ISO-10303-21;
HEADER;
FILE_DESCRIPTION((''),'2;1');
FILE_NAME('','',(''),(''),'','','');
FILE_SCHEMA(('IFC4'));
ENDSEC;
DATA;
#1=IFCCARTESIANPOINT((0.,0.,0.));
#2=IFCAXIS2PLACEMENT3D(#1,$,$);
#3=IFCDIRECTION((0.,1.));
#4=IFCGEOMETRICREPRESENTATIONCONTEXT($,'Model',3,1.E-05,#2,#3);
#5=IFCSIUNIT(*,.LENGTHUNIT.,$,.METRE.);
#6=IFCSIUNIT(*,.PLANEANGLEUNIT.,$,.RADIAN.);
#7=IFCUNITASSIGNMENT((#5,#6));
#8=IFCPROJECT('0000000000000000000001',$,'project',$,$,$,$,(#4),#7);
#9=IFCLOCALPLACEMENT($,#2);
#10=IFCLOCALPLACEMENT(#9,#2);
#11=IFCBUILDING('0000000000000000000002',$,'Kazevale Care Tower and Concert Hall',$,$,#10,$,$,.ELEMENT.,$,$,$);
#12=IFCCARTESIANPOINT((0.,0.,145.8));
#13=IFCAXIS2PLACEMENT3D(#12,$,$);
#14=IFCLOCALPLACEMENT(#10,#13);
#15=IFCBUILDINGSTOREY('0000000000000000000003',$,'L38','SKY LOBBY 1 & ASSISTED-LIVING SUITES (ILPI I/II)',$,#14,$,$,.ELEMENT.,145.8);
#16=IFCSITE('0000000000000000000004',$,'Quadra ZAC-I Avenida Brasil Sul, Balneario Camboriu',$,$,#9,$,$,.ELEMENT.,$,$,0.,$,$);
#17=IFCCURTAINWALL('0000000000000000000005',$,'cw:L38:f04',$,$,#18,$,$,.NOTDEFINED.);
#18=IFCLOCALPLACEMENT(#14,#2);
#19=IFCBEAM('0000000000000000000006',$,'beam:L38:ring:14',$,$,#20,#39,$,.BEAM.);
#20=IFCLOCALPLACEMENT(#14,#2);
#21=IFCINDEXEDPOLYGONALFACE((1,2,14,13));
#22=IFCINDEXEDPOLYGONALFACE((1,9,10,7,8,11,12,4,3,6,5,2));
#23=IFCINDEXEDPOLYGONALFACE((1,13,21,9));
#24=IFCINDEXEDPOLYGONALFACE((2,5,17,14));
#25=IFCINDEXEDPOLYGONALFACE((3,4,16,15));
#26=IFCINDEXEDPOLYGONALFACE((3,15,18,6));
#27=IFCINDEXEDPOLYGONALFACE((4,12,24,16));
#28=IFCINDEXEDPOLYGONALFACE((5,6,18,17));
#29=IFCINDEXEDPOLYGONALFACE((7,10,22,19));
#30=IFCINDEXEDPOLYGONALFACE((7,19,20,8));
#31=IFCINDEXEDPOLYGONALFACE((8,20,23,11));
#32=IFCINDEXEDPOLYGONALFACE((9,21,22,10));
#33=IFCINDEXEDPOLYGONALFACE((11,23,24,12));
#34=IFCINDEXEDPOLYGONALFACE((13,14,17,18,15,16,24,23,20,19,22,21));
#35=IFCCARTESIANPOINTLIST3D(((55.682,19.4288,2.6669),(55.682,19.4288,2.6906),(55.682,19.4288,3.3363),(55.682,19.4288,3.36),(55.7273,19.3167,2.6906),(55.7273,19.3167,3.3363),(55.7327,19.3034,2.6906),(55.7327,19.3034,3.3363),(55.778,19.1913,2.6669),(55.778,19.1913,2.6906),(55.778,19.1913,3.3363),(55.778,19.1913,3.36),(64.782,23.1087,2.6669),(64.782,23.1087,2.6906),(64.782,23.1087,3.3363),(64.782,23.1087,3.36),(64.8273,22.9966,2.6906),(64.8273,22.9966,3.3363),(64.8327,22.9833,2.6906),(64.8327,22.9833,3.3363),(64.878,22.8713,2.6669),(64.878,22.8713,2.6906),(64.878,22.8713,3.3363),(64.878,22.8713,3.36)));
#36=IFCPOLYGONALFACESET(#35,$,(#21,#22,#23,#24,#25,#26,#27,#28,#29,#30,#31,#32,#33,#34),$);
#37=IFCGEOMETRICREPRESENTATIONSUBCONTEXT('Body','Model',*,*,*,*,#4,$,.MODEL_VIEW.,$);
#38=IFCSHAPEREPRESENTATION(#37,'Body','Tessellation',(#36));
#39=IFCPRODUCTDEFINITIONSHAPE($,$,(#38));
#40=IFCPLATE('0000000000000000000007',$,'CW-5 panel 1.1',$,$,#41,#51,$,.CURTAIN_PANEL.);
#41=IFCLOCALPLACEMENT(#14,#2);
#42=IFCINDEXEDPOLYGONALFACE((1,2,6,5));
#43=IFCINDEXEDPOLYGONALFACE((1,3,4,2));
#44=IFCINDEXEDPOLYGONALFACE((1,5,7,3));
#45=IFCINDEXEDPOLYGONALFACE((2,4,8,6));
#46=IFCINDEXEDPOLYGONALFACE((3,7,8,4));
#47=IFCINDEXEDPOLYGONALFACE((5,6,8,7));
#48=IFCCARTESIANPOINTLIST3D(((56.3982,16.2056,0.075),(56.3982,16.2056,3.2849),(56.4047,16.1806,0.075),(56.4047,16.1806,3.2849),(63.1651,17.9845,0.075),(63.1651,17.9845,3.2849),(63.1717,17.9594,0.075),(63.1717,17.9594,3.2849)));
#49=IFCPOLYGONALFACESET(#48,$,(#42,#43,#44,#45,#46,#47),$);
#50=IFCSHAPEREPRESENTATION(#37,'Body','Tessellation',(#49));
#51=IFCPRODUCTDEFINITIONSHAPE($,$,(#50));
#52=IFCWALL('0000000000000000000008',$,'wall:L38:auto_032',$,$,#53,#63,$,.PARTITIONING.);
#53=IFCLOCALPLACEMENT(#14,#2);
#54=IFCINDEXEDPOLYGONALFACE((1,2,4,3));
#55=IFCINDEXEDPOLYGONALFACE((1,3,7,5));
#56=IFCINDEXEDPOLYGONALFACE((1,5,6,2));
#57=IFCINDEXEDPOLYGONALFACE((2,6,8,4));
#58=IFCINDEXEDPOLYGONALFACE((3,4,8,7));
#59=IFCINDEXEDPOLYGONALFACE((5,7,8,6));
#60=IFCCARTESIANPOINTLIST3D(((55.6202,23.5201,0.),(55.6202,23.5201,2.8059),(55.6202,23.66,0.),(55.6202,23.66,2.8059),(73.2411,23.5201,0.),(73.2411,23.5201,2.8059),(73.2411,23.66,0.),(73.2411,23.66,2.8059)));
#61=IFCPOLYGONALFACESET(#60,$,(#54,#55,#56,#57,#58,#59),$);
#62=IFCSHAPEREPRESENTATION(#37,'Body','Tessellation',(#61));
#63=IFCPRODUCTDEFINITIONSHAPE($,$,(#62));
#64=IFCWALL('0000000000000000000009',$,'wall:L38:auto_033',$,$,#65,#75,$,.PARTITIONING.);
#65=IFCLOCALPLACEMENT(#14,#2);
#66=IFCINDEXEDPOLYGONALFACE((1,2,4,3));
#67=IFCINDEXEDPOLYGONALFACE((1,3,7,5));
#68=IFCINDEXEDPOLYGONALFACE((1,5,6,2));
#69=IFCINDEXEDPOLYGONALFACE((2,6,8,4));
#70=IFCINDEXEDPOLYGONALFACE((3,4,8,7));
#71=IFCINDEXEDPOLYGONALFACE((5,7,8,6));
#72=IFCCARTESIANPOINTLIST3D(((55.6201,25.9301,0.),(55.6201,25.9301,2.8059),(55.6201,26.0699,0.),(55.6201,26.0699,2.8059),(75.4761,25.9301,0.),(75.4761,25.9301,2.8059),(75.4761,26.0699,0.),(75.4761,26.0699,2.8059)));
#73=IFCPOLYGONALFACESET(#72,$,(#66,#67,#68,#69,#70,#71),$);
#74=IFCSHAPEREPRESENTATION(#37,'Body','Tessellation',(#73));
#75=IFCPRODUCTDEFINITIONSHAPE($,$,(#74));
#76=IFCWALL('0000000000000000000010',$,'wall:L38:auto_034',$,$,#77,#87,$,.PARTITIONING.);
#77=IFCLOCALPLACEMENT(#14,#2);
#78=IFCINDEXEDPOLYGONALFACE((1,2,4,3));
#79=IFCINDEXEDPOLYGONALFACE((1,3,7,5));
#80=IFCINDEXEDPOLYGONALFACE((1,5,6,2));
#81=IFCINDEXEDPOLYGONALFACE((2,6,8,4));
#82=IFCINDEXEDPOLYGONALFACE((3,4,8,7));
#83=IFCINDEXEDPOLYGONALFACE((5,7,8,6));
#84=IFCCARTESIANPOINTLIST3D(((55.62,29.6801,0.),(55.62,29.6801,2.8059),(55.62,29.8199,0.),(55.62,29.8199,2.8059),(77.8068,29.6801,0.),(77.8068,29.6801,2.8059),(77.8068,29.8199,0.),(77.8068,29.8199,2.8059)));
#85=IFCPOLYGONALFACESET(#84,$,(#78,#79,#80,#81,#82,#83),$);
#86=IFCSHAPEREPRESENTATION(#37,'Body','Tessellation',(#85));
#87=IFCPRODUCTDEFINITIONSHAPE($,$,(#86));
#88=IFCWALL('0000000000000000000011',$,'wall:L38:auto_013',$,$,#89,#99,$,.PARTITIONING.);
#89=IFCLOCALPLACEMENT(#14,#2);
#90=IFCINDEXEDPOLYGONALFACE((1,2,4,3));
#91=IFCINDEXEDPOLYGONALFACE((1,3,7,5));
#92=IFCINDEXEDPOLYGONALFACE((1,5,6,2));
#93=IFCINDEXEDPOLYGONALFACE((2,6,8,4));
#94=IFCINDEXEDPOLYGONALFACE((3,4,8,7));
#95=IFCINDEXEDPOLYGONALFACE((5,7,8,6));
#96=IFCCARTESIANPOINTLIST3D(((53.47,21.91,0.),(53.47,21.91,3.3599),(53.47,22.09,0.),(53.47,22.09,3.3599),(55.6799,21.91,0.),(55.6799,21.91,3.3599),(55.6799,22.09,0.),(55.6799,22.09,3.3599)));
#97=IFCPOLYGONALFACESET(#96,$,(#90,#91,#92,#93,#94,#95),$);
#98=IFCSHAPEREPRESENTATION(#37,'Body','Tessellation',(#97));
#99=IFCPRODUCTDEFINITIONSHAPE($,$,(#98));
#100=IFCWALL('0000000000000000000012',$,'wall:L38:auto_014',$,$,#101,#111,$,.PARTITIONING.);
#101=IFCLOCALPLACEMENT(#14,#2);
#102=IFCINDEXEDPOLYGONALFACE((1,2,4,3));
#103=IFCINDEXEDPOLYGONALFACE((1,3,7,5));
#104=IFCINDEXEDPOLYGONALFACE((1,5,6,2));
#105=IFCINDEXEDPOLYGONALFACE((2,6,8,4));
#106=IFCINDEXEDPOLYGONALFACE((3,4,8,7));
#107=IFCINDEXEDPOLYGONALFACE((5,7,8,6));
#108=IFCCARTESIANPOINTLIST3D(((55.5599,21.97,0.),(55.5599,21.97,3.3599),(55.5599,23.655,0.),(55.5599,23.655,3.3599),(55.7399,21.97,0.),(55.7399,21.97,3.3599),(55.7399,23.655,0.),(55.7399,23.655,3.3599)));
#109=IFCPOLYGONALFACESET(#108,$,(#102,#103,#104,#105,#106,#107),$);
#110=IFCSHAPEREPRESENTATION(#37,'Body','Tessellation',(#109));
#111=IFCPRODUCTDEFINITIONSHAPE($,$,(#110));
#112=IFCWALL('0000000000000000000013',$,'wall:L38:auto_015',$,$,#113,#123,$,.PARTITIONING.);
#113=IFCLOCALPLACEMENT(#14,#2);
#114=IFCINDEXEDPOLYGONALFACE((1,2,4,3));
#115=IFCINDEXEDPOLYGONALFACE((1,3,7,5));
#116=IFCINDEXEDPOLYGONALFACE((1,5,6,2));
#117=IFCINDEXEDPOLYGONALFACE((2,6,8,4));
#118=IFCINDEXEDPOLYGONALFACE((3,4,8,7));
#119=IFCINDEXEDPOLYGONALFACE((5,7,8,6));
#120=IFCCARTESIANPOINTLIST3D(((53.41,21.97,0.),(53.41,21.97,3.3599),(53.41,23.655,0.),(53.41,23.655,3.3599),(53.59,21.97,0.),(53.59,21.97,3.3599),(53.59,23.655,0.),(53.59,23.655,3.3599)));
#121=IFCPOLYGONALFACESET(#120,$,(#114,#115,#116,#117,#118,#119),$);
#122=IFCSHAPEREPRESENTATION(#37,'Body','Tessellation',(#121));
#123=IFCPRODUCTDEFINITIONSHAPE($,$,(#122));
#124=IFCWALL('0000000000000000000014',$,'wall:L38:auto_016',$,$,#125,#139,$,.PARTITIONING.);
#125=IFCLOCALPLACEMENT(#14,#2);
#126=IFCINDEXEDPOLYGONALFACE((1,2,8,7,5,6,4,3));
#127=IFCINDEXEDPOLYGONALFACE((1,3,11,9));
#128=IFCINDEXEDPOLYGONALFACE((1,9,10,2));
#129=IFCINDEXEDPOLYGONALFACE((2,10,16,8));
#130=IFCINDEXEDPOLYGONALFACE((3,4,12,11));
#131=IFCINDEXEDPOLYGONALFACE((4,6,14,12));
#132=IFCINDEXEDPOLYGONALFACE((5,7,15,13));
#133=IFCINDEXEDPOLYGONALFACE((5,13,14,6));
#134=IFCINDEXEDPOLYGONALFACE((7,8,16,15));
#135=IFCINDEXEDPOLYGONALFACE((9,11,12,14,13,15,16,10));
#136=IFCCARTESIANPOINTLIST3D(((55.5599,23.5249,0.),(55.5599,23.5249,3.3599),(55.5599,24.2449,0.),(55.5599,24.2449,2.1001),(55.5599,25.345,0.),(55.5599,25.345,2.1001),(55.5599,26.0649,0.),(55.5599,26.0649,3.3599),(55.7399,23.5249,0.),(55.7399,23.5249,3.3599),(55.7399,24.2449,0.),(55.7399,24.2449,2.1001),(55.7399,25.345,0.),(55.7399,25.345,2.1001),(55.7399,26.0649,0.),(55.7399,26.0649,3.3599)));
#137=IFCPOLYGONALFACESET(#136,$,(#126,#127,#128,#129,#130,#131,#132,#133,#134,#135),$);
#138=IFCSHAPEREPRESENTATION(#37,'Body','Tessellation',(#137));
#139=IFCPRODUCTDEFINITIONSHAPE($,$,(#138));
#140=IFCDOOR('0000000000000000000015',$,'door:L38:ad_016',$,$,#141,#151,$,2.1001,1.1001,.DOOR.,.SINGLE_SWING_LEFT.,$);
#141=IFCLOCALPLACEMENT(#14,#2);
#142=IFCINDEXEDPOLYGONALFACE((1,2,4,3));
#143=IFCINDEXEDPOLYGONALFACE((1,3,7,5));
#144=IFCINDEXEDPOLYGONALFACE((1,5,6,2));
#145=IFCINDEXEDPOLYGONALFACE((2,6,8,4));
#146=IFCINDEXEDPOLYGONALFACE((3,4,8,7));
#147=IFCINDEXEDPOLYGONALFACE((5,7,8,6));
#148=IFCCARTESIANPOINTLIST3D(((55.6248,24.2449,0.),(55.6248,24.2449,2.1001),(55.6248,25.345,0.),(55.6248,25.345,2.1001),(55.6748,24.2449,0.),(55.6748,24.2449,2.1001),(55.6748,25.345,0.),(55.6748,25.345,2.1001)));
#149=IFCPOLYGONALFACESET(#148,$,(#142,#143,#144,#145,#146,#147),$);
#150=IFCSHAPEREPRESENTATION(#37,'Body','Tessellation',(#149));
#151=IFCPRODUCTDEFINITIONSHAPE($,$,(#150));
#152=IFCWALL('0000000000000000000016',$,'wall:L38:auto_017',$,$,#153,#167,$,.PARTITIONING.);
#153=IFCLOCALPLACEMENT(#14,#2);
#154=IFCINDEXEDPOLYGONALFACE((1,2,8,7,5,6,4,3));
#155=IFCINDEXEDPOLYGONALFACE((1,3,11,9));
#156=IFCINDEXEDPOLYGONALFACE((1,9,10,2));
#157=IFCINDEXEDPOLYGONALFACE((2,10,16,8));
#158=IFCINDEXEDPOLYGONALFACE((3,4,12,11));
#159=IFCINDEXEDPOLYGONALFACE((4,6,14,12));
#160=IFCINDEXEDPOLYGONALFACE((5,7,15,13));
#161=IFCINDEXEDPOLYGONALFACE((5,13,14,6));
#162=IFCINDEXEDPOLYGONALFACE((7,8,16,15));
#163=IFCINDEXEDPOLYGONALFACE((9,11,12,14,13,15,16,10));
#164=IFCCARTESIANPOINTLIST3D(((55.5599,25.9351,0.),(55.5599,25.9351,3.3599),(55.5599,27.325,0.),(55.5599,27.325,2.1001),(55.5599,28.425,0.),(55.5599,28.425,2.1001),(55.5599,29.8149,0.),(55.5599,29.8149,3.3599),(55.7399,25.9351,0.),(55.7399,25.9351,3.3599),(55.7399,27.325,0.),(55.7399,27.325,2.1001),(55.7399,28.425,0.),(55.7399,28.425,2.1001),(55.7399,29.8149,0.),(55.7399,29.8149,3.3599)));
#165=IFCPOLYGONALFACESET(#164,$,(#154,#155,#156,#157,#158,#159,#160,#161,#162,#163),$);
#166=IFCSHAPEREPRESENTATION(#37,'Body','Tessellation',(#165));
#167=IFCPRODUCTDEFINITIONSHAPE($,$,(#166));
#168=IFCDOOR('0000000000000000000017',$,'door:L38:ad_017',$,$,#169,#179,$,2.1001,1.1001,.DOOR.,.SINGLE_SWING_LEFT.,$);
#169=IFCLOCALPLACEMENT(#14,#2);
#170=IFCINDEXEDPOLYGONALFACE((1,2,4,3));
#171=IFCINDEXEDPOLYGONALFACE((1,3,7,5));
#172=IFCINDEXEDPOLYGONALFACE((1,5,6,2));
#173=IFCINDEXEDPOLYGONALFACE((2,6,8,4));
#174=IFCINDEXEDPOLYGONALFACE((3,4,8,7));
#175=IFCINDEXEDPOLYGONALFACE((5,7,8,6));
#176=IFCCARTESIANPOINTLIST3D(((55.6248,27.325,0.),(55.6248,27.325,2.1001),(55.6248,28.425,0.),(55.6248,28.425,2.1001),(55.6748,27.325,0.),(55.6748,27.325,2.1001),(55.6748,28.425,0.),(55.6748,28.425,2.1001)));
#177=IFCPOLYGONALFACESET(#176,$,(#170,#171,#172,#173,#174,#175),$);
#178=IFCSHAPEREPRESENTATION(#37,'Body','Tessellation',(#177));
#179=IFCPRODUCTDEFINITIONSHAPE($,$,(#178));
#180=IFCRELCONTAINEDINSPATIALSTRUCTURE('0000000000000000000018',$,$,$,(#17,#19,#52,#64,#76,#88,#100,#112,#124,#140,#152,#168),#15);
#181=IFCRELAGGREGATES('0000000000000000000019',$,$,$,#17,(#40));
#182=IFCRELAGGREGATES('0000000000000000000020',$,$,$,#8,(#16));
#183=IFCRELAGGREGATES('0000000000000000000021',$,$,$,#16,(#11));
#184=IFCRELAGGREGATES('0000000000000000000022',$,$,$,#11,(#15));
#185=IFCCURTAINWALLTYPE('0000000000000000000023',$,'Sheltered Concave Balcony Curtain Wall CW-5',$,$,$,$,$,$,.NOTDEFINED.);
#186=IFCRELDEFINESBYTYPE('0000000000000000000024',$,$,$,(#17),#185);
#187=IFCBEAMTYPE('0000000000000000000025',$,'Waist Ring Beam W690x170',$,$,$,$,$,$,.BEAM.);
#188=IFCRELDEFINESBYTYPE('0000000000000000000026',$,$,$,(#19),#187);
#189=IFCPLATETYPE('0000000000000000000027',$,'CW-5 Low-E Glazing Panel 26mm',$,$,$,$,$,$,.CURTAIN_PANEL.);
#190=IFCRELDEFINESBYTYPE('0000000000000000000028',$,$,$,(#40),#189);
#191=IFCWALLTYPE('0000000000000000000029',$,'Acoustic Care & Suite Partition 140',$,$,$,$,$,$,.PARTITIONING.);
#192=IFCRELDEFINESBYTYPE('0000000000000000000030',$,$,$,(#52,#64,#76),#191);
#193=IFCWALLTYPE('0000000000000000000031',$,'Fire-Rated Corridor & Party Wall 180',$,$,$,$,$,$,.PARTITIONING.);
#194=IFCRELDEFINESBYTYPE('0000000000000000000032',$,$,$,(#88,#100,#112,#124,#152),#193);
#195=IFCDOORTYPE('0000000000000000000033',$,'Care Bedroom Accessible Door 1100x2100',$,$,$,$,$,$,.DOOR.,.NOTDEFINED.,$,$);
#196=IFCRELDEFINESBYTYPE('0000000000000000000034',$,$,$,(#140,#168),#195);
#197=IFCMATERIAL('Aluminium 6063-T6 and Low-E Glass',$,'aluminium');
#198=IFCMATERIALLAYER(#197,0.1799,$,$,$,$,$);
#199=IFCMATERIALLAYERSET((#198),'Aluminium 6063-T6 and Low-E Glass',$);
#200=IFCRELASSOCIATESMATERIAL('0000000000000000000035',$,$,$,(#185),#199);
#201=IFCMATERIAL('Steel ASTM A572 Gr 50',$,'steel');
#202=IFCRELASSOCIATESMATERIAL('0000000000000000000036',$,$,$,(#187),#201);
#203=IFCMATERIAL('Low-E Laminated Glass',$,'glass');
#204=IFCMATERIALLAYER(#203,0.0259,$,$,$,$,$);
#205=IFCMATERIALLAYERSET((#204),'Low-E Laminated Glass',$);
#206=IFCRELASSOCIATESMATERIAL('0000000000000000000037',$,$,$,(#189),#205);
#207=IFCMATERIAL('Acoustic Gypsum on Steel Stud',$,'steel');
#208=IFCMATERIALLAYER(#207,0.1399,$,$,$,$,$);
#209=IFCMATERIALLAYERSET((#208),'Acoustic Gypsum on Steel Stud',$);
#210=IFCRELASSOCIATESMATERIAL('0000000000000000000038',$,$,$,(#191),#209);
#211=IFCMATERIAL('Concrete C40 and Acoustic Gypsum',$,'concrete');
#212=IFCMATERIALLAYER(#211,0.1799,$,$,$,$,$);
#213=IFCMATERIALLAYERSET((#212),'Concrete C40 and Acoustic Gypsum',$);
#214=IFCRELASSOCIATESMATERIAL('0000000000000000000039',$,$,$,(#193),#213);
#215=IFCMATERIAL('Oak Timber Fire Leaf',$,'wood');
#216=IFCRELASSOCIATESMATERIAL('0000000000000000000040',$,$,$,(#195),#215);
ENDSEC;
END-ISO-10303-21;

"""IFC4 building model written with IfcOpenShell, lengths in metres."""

from ifc_helpers import new_model, si_unit, direction, frame, frame_2d, origin, origin_2d, place, context, subcontext, project, spatial, rectangle, i_section, extrude, material, layer, layer_set, material_profile, profile_set, type_object, element, fill, aggregate, save


model = new_model("IFC4")

# Units and contexts
model_context = context("Model", 3, precision=1e-05, world=origin(), true_north=direction((0.0, 1.0)))
body_context = subcontext(model_context, "Body", "Model", "MODEL_VIEW")
ifc_project = project(units=[si_unit("LENGTHUNIT", "METRE"), si_unit("PLANEANGLEUNIT", "RADIAN")], contexts=[model_context])

# Site, building, storey
site_placement = place(None, origin())
site = spatial("IfcSite", under=ifc_project, at=site_placement, Name="Quadra ZAC-I Avenida Brasil Sul, Balneario Camboriu", CompositionType="ELEMENT", RefElevation=0.0)
building_placement = place(site_placement, origin())
building = spatial("IfcBuilding", under=site, at=building_placement, Name="Kazevale Care Tower and Concert Hall", CompositionType="ELEMENT")
storey_placement = place(building_placement, frame((0.0, 0.0, 145.8)))
storey = spatial("IfcBuildingStorey", under=building, at=storey_placement, Name="L38", Description="SKY LOBBY 1 & ASSISTED-LIVING SUITES (ILPI I/II)", CompositionType="ELEMENT", Elevation=145.8)

# Curtain wall
ifc_material_1 = material(Name="Aluminium 6063-T6 and Low-E Glass", Category="aluminium")
ifc_layer_1 = layer(ifc_material_1, 0.1799)
ifc_layer_set_1 = layer_set([ifc_layer_1], Name="Aluminium 6063-T6 and Low-E Glass")
curtain_wall_type = type_object("IfcCurtainWallType", Name="Sheltered Concave Balcony Curtain Wall CW-5", PredefinedType="NOTDEFINED", material=ifc_layer_set_1)
curtain_wall_1_placement = place(storey_placement, origin())
curtain_wall_1 = element("IfcCurtainWall", 1, at=curtain_wall_1_placement, inside=storey, type_object=curtain_wall_type, Name="cw:L38:f04", PredefinedType="NOTDEFINED")

# Beam
ifc_material_2 = material(Name="Steel ASTM A572 Gr 50", Category="steel")
ifc_material_profile_1 = material_profile(ifc_material_2, i_section(OverallWidth=0.2561, OverallDepth=0.6931, WebThickness=0.0144, FlangeThickness=0.0237, at=origin_2d()), Name="W690x170")
ifc_profile_set_1 = profile_set([ifc_material_profile_1], Name="Steel ASTM A572 Gr 50")
beam_type_1 = type_object("IfcBeamType", Name="Waist Ring Beam W690x170", PredefinedType="BEAM", material=ifc_profile_set_1)
beam_1_placement = place(storey_placement, frame((55.73, 19.3101, 3.0134), z_axis=(0.927069, 0.374892, 0.0), x_axis=(-0.374892, 0.927069, 0.0)))
element("IfcBeam", 2, at=beam_1_placement, inside=storey, type_object=beam_type_1, Name="beam:L38:ring:14", PredefinedType="BEAM", context=body_context, shape_type="SweptSolid", body=[
    extrude(i_section(OverallWidth=0.2561, OverallDepth=0.6931, WebThickness=0.0144, FlangeThickness=0.0237, at=origin_2d()), origin(), (0.0, 0.0, 1.0), 9.8159),
])

# Plate
ifc_material_3 = material(Name="Low-E Laminated Glass", Category="glass")
ifc_layer_2 = layer(ifc_material_3, 0.0259)
ifc_layer_set_2 = layer_set([ifc_layer_2], Name="Low-E Laminated Glass")
plate_type = type_object("IfcPlateType", Name="CW-5 Low-E Glazing Panel 26mm", PredefinedType="CURTAIN_PANEL", material=ifc_layer_set_2)
plate_placement = place(storey_placement, frame((59.7849, 17.0825, 0.075), z_axis=(0.0, 0.0, 1.0), x_axis=(-0.967142, -0.254238, 0.0)))
plate = element("IfcPlate", 3, at=plate_placement, type_object=plate_type, Name="CW-5 panel 1.1", PredefinedType="CURTAIN_PANEL", context=body_context, shape_type="SweptSolid", body=[
    extrude(rectangle(XDim=6.9968, YDim=0.0259, at=origin_2d()), origin(), (0.0, 0.0, 1.0), 3.21),
])
aggregate(curtain_wall_1, [plate])

# Walls
ifc_material_4 = material(Name="Acoustic Gypsum on Steel Stud", Category="steel")
ifc_layer_3 = layer(ifc_material_4, 0.1399)
ifc_layer_set_3 = layer_set([ifc_layer_3], Name="Acoustic Gypsum on Steel Stud")
wall_type_1 = type_object("IfcWallType", Name="Acoustic Care & Suite Partition 140", PredefinedType="PARTITIONING", material=ifc_layer_set_3)
wall_1_placement = place(storey_placement, frame((55.6201, 23.5901, 0.0), z_axis=(0.0, 0.0, 1.0), x_axis=(1.0, 0.0, 0.0)))
element("IfcWall", 4, at=wall_1_placement, inside=storey, type_object=wall_type_1, Name="wall:L38:auto_032", PredefinedType="PARTITIONING", context=body_context, shape_type="SweptSolid", body=[
    extrude(rectangle(XDim=17.6208, YDim=0.1399, at=frame_2d((8.8105, 0.0))), origin(), (0.0, 0.0, 1.0), 2.8059),
])
wall_2_placement = place(storey_placement, frame((55.6201, 26.0, 0.0), z_axis=(0.0, 0.0, 1.0), x_axis=(1.0, 0.0, 0.0)))
element("IfcWall", 5, at=wall_2_placement, inside=storey, type_object=wall_type_1, Name="wall:L38:auto_033", PredefinedType="PARTITIONING", context=body_context, shape_type="SweptSolid", body=[
    extrude(rectangle(XDim=19.856, YDim=0.1399, at=frame_2d((9.928, 0.0))), origin(), (0.0, 0.0, 1.0), 2.8059),
])
wall_3_placement = place(storey_placement, frame((55.6201, 29.75, 0.0), z_axis=(0.0, 0.0, 1.0), x_axis=(1.0, 0.0, 0.0)))
element("IfcWall", 6, at=wall_3_placement, inside=storey, type_object=wall_type_1, Name="wall:L38:auto_034", PredefinedType="PARTITIONING", context=body_context, shape_type="SweptSolid", body=[
    extrude(rectangle(XDim=22.1868, YDim=0.1399, at=frame_2d((11.0933, 0.0))), origin(), (0.0, 0.0, 1.0), 2.8059),
])
ifc_material_5 = material(Name="Concrete C40 and Acoustic Gypsum", Category="concrete")
ifc_layer_4 = layer(ifc_material_5, 0.1799)
ifc_layer_set_4 = layer_set([ifc_layer_4], Name="Concrete C40 and Acoustic Gypsum")
wall_type_2 = type_object("IfcWallType", Name="Fire-Rated Corridor & Party Wall 180", PredefinedType="PARTITIONING", material=ifc_layer_set_4)
wall_4_placement = place(storey_placement, frame((55.6799, 22.0, 0.0), z_axis=(0.0, 0.0, 1.0), x_axis=(-1.0, 0.0, 0.0)))
element("IfcWall", 7, at=wall_4_placement, inside=storey, type_object=wall_type_2, Name="wall:L38:auto_013", PredefinedType="PARTITIONING", context=body_context, shape_type="SweptSolid", body=[
    extrude(rectangle(XDim=2.21, YDim=0.1799, at=frame_2d((1.105, 0.0))), origin(), (0.0, 0.0, 1.0), 3.3599),
])
for number, where, z_axis, x_axis, name in (
    (8, (55.6499, 23.655, 0.0), (0.0, 0.0, 1.0), (0.0, -1.0, 0.0), "wall:L38:auto_014"),
    (9, (53.5, 21.97, 0.0), (0.0, 0.0, 1.0), (0.0, 1.0, 0.0), "wall:L38:auto_015"),
):
    element("IfcWall", number, at=place(storey_placement, frame(where, z_axis=z_axis, x_axis=x_axis)), inside=storey, type_object=wall_type_2, Name=name, PredefinedType="PARTITIONING", context=body_context, shape_type="SweptSolid", body=[
        extrude(rectangle(XDim=1.6851, YDim=0.1799, at=frame_2d((0.8425, 0.0))), origin(), (0.0, 0.0, 1.0), 3.3599),
    ])

# Walls, openings, doors
wall_5_placement = place(storey_placement, frame((55.6499, 26.0649, 0.0), z_axis=(0.0, 0.0, 1.0), x_axis=(0.0, -1.0, 0.0)))
wall_5 = element("IfcWall", 10, at=wall_5_placement, inside=storey, type_object=wall_type_2, Name="wall:L38:auto_016", PredefinedType="PARTITIONING", context=body_context, shape_type="SweptSolid", body=[
    extrude(rectangle(XDim=2.54, YDim=0.1799, at=frame_2d((1.27, 0.0))), origin(), (0.0, 0.0, 1.0), 3.3599),
])
opening_1_placement = place(wall_5_placement, frame((0.72, 0.0, 0.0)))
opening_1 = element("IfcOpeningElement", 11, at=opening_1_placement, cuts=wall_5, PredefinedType="OPENING", context=body_context, shape_type="SweptSolid", body=[
    extrude(rectangle(XDim=1.1001, YDim=2.1001, at=frame_2d((0.55, 1.05))), frame((0.0, 0.0999, 0.0), z_axis=(0.0, -1.0, 0.0), x_axis=(1.0, 0.0, 0.0)), (0.0, 0.0, 1.0), 0.2),
])
ifc_material_6 = material(Name="Oak Timber Fire Leaf", Category="wood")
door_type_1 = type_object("IfcDoorType", Name="Care Bedroom Accessible Door 1100x2100", OperationType="NOTDEFINED", PredefinedType="DOOR", material=ifc_material_6)
door_1_placement = place(opening_1_placement, origin())
door_1 = element("IfcDoor", 12, at=door_1_placement, inside=storey, type_object=door_type_1, Name="door:L38:ad_016", OperationType="SINGLE_SWING_LEFT", OverallHeight=2.1001, OverallWidth=1.1001, PredefinedType="DOOR", context=body_context, shape_type="SweptSolid", body=[
    extrude(rectangle(XDim=1.1001, YDim=2.1001, at=frame_2d((0.55, 1.05))), frame((0.0, 0.0249, 0.0), z_axis=(0.0, -1.0, 0.0), x_axis=(1.0, 0.0, 0.0)), (0.0, 0.0, 1.0), 0.05),
])
fill(opening_1, door_1)
wall_6_placement = place(storey_placement, frame((55.6499, 29.8149, 0.0), z_axis=(0.0, 0.0, 1.0), x_axis=(0.0, -1.0, 0.0)))
wall_6 = element("IfcWall", 13, at=wall_6_placement, inside=storey, type_object=wall_type_2, Name="wall:L38:auto_017", PredefinedType="PARTITIONING", context=body_context, shape_type="SweptSolid", body=[
    extrude(rectangle(XDim=3.8799, YDim=0.1799, at=frame_2d((1.9399, 0.0))), origin(), (0.0, 0.0, 1.0), 3.3599),
])
opening_2_placement = place(wall_6_placement, frame((1.3899, 0.0, 0.0)))
opening_2 = element("IfcOpeningElement", 14, at=opening_2_placement, cuts=wall_6, PredefinedType="OPENING", context=body_context, shape_type="SweptSolid", body=[
    extrude(rectangle(XDim=1.1001, YDim=2.1001, at=frame_2d((0.55, 1.05))), frame((0.0, 0.0999, 0.0), z_axis=(0.0, -1.0, 0.0), x_axis=(1.0, 0.0, 0.0)), (0.0, 0.0, 1.0), 0.2),
])
door_2_placement = place(opening_2_placement, origin())
door_2 = element("IfcDoor", 15, at=door_2_placement, inside=storey, type_object=door_type_1, Name="door:L38:ad_017", OperationType="SINGLE_SWING_LEFT", OverallHeight=2.1001, OverallWidth=1.1001, PredefinedType="DOOR", context=body_context, shape_type="SweptSolid", body=[
    extrude(rectangle(XDim=1.1001, YDim=2.1001, at=frame_2d((0.55, 1.05))), frame((0.0, 0.0249, 0.0), z_axis=(0.0, -1.0, 0.0), x_axis=(1.0, 0.0, 0.0)), (0.0, 0.0, 1.0), 0.05),
])
fill(opening_2, door_2)

save(model, "model.ifc")
